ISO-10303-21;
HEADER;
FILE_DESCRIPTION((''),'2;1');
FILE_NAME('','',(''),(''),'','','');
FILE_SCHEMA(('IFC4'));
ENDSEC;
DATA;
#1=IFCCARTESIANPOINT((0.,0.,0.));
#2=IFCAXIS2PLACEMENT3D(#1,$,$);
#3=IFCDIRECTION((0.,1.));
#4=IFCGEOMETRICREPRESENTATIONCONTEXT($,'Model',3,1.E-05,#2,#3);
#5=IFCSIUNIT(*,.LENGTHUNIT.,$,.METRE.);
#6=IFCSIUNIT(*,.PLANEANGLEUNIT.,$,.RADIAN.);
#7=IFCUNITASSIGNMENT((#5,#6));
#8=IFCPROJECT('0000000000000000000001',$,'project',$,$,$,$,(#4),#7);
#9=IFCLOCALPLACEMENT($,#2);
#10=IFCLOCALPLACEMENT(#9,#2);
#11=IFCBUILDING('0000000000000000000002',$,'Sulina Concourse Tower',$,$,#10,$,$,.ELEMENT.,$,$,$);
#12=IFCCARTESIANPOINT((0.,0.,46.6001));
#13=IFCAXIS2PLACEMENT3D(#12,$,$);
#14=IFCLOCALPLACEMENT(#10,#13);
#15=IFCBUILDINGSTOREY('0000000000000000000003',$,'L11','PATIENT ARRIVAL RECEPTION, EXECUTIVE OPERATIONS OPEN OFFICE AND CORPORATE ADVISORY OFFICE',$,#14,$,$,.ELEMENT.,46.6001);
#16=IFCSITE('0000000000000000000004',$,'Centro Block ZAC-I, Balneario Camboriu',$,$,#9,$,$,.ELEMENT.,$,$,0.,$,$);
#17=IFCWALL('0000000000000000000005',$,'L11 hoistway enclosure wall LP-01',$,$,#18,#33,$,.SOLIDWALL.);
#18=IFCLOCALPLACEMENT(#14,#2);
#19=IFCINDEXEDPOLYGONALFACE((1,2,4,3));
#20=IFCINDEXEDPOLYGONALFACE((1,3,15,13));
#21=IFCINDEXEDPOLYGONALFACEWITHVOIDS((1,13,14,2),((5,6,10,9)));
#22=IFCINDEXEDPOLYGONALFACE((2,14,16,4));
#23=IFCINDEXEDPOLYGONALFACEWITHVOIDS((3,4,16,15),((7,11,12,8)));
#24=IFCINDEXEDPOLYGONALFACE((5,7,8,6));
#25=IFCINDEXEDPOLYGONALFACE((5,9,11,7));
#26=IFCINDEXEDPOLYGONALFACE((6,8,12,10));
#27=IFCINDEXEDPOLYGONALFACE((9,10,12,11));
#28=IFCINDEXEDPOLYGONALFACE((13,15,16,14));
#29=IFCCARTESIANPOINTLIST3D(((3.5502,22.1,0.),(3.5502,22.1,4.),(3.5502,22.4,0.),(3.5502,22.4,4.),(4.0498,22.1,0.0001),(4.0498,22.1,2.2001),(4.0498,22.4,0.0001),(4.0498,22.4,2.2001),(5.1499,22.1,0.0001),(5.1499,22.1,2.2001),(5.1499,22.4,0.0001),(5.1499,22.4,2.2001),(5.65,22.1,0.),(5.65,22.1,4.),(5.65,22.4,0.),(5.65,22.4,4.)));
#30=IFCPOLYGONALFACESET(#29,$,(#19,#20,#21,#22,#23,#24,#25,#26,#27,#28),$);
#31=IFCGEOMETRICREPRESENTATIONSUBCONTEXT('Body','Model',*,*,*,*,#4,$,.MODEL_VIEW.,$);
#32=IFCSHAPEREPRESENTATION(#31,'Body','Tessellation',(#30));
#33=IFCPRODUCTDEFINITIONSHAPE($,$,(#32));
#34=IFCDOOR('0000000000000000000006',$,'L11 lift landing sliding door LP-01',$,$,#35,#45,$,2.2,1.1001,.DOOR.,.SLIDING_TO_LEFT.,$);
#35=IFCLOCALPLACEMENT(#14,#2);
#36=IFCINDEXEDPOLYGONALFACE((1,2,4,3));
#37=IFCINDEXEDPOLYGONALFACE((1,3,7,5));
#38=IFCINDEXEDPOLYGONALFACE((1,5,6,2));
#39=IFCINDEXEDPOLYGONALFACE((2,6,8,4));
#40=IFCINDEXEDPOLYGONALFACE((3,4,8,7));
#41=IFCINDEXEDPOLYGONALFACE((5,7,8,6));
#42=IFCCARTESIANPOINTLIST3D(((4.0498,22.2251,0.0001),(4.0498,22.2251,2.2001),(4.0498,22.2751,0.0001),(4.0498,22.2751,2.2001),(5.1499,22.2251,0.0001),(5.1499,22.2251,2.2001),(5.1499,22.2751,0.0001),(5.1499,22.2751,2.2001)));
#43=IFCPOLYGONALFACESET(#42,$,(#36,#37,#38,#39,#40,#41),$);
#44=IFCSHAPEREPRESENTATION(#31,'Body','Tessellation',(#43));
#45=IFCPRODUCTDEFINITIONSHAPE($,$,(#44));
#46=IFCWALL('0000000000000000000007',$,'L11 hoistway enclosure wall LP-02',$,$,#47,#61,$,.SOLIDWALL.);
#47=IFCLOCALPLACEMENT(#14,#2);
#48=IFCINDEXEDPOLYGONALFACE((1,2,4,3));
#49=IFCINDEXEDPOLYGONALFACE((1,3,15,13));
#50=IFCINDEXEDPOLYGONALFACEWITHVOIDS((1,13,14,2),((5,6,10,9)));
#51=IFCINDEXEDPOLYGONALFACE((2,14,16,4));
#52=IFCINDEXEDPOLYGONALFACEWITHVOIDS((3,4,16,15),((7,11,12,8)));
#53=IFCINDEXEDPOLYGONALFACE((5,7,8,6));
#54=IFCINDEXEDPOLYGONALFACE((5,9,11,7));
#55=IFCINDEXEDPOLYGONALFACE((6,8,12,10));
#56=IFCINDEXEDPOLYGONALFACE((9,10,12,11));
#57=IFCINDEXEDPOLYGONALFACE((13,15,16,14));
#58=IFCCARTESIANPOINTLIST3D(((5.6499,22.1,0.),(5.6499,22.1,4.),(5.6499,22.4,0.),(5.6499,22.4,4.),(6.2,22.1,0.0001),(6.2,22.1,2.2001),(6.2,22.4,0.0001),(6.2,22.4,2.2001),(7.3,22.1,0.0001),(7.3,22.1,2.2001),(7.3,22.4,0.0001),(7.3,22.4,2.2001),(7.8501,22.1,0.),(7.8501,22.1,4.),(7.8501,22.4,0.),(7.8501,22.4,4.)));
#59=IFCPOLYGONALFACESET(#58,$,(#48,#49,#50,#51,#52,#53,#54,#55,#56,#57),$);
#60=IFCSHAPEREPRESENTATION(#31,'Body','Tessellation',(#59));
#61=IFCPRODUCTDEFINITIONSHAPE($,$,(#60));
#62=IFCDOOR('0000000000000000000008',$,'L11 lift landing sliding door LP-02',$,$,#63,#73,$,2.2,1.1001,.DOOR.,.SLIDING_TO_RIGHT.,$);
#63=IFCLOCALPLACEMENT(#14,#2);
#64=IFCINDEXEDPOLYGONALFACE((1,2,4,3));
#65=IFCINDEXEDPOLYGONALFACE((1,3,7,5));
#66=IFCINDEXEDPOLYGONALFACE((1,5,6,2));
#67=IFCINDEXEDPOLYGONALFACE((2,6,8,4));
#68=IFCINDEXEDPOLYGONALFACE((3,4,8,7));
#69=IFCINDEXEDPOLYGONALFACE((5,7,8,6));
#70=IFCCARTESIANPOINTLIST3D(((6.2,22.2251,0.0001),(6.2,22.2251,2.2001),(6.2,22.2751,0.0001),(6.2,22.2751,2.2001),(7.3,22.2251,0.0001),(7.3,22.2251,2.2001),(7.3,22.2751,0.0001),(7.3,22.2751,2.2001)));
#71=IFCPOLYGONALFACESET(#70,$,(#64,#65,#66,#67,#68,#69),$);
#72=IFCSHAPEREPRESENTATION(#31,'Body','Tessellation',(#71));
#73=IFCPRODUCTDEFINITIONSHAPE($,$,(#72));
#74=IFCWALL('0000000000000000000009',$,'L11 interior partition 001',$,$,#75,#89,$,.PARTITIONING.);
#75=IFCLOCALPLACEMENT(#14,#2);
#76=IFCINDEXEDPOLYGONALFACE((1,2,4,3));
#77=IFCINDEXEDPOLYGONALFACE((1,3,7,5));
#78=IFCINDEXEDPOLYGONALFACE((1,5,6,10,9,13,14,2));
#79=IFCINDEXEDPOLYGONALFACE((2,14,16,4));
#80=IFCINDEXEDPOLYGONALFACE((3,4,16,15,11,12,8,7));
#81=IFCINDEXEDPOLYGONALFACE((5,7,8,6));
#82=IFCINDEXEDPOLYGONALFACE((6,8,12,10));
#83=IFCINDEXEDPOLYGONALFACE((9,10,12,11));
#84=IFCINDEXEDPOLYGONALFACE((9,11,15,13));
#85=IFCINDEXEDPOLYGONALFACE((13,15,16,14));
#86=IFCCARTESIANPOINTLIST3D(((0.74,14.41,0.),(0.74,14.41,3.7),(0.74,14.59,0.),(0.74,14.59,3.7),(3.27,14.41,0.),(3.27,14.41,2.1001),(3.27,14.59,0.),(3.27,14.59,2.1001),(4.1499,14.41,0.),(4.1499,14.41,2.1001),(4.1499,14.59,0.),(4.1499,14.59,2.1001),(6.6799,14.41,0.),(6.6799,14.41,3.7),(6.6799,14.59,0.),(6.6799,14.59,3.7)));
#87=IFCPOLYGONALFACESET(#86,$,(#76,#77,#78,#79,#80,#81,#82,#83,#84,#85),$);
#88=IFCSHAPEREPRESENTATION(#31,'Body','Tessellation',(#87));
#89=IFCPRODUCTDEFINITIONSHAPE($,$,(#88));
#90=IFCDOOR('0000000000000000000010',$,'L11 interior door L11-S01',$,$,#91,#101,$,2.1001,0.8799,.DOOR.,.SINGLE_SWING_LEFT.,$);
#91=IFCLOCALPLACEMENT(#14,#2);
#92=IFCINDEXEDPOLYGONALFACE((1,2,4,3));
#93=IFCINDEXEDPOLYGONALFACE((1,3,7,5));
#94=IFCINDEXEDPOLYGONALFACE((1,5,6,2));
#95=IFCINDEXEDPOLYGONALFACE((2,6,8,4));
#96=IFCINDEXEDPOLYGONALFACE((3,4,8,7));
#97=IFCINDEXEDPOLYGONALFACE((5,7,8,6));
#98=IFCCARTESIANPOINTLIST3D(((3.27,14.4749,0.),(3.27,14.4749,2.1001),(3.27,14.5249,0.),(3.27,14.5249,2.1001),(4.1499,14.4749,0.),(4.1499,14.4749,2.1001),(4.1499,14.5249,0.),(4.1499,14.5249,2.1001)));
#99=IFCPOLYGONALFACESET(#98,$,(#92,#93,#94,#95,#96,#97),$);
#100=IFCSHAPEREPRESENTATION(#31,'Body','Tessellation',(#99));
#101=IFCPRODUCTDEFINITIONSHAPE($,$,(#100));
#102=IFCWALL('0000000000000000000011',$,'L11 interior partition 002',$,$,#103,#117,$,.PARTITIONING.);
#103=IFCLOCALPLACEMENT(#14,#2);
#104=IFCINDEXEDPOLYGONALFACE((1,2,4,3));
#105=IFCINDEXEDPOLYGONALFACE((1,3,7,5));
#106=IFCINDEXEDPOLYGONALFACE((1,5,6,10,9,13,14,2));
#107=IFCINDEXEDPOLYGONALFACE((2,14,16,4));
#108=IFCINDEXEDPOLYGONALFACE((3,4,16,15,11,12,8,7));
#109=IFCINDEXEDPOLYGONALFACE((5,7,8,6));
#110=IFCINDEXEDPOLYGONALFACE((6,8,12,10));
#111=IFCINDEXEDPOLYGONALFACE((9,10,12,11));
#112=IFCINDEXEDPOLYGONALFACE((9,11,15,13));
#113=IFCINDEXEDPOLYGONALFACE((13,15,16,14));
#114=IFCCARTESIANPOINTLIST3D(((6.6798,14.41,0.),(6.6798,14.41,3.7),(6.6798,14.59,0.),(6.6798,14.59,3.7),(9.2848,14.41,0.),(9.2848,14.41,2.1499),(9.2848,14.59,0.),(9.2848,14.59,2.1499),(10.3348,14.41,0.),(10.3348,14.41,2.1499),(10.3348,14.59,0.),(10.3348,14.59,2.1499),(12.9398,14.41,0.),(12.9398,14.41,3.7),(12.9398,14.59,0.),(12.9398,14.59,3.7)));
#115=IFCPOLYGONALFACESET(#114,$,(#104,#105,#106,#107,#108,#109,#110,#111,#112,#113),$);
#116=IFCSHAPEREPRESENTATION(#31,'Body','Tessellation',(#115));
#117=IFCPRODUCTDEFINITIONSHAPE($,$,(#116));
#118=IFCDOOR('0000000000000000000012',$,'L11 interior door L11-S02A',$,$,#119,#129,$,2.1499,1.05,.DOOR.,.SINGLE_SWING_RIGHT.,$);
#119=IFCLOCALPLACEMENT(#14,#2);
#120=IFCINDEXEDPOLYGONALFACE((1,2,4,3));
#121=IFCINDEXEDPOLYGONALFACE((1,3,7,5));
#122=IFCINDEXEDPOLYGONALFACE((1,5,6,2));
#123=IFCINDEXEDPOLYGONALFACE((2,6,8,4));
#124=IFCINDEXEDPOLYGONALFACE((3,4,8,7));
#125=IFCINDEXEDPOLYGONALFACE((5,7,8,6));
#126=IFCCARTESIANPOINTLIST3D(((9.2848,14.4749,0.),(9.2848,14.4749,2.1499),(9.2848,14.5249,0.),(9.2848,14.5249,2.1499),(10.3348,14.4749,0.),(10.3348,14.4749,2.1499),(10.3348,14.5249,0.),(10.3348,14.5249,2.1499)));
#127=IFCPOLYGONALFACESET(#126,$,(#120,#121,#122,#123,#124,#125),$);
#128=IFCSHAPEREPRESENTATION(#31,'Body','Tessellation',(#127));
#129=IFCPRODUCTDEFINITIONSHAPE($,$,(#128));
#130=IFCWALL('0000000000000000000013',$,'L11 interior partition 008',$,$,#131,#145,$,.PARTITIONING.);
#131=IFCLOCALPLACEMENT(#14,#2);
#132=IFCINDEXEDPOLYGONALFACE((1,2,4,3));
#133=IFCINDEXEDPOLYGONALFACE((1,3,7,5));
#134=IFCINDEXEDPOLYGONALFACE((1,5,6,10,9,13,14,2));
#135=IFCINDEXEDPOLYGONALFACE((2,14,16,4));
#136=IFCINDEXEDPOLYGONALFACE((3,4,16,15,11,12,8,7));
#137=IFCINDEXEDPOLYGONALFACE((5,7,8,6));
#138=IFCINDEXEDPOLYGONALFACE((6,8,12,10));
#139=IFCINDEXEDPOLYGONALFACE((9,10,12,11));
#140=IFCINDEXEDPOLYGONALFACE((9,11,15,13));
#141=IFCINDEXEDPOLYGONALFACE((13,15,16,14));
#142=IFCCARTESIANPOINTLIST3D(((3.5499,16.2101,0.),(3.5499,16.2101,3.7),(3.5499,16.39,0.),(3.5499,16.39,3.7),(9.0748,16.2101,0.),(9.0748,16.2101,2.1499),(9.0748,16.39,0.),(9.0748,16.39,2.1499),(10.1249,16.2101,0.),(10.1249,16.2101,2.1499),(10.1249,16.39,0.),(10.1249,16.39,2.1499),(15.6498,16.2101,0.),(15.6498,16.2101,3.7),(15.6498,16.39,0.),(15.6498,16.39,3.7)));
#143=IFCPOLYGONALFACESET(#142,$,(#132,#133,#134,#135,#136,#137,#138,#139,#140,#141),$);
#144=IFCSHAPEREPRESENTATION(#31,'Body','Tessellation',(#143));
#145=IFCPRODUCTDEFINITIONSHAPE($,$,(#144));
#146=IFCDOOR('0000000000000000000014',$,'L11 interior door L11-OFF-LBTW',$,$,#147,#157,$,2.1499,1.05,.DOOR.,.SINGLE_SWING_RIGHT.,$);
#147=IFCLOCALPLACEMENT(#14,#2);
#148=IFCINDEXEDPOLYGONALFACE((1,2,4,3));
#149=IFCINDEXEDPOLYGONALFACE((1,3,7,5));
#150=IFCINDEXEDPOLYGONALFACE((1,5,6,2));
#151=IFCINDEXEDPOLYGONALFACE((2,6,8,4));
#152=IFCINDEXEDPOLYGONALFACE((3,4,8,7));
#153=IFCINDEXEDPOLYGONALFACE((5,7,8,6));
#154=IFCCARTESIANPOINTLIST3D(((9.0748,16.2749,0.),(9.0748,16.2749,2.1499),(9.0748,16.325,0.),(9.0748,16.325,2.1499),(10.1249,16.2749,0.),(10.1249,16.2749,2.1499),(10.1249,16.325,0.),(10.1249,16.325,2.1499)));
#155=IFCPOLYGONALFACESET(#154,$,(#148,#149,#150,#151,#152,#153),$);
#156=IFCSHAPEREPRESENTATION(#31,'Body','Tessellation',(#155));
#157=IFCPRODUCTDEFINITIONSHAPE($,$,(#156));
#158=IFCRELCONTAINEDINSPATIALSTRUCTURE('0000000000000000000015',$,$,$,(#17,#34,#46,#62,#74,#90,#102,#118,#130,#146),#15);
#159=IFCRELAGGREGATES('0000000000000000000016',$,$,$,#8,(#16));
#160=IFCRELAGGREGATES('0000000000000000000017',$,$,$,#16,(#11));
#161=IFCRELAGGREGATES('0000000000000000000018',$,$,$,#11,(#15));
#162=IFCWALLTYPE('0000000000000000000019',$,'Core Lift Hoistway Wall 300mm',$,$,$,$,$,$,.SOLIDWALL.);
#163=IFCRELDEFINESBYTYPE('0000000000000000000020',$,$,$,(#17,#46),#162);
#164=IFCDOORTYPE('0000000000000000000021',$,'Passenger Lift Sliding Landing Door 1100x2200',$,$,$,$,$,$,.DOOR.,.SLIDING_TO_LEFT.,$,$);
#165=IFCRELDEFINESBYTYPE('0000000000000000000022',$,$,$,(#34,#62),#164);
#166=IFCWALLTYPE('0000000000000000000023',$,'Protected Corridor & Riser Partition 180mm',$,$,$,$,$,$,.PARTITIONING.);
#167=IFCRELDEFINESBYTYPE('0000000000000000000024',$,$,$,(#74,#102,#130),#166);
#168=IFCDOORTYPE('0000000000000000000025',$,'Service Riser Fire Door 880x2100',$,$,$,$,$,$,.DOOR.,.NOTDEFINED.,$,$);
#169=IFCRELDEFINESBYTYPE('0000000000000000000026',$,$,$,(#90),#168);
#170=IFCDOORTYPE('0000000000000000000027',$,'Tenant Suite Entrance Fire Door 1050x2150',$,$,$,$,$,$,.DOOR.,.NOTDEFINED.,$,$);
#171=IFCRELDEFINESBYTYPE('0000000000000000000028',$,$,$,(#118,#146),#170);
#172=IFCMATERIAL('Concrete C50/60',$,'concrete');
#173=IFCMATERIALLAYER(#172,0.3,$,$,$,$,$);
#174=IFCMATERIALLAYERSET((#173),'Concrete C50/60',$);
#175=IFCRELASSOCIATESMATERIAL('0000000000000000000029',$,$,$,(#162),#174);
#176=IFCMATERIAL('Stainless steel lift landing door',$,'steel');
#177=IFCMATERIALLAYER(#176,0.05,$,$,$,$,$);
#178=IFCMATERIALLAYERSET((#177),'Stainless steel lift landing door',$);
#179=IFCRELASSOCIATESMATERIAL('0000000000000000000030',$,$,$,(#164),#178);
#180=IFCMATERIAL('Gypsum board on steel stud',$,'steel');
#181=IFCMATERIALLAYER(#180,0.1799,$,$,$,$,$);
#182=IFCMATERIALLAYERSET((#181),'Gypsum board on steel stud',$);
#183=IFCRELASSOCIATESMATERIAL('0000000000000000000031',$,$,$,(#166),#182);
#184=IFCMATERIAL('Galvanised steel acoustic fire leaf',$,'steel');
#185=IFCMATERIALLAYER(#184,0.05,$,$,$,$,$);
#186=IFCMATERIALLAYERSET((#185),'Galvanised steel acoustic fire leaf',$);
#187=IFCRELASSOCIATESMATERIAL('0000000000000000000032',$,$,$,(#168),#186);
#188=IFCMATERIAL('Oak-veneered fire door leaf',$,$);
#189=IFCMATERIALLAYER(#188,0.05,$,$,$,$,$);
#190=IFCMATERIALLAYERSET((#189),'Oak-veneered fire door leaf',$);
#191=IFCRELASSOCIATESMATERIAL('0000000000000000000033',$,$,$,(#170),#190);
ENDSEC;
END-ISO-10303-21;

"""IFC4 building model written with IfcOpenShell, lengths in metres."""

from ifc_helpers import new_model, si_unit, direction, frame, frame_2d, origin, place, context, subcontext, project, spatial, rectangle, extrude, material, layer, layer_set, type_object, element, fill, save


model = new_model("IFC4")

# Units and contexts
model_context = context("Model", 3, precision=1e-05, world=origin(), true_north=direction((0.0, 1.0)))
body_context = subcontext(model_context, "Body", "Model", "MODEL_VIEW")
ifc_project = project(units=[si_unit("LENGTHUNIT", "METRE"), si_unit("PLANEANGLEUNIT", "RADIAN")], contexts=[model_context])

# Site, building, storey
site_placement = place(None, origin())
site = spatial("IfcSite", under=ifc_project, at=site_placement, Name="Centro Block ZAC-I, Balneario Camboriu", CompositionType="ELEMENT", RefElevation=0.0)
building_placement = place(site_placement, origin())
building = spatial("IfcBuilding", under=site, at=building_placement, Name="Sulina Concourse Tower", CompositionType="ELEMENT")
storey_placement = place(building_placement, frame((0.0, 0.0, 46.6001)))
storey = spatial("IfcBuildingStorey", under=building, at=storey_placement, Name="L11", Description="PATIENT ARRIVAL RECEPTION, EXECUTIVE OPERATIONS OPEN OFFICE AND CORPORATE ADVISORY OFFICE", CompositionType="ELEMENT", Elevation=46.6001)

# Walls, openings, doors
ifc_material_1 = material(Name="Concrete C50/60", Category="concrete")
ifc_layer_1 = layer(ifc_material_1, 0.3)
ifc_layer_set_1 = layer_set([ifc_layer_1], Name="Concrete C50/60")
wall_type_1 = type_object("IfcWallType", Name="Core Lift Hoistway Wall 300mm", PredefinedType="SOLIDWALL", material=ifc_layer_set_1)
wall_1_placement = place(storey_placement, frame((5.6499, 22.25, 0.0), z_axis=(0.0, 0.0, 1.0), x_axis=(-1.0, 0.0, 0.0)))
wall_1 = element("IfcWall", 1, at=wall_1_placement, inside=storey, type_object=wall_type_1, Name="L11 hoistway enclosure wall LP-01", PredefinedType="SOLIDWALL", context=body_context, shape_type="SweptSolid", body=[
    extrude(rectangle(XDim=2.0999, YDim=0.3, at=frame_2d((1.0498, 0.0))), origin(), (0.0, 0.0, 1.0), 4.0),
])
opening_1_placement = place(wall_1_placement, frame((0.5, 0.0, 0.0)))
opening_1 = element("IfcOpeningElement", 2, at=opening_1_placement, cuts=wall_1, PredefinedType="OPENING", context=body_context, shape_type="SweptSolid", body=[
    extrude(rectangle(XDim=1.1001, YDim=2.2, at=frame_2d((0.55, 1.1001))), frame((0.0, 0.1599, 0.0), z_axis=(0.0, -1.0, 0.0), x_axis=(1.0, 0.0, 0.0)), (0.0, 0.0, 1.0), 0.3201),
])
ifc_material_2 = material(Name="Stainless steel lift landing door", Category="steel")
ifc_layer_2 = layer(ifc_material_2, 0.05)
ifc_layer_set_2 = layer_set([ifc_layer_2], Name="Stainless steel lift landing door")
door_type_1 = type_object("IfcDoorType", Name="Passenger Lift Sliding Landing Door 1100x2200", OperationType="SLIDING_TO_LEFT", PredefinedType="DOOR", material=ifc_layer_set_2)
door_1_placement = place(opening_1_placement, origin())
door_1 = element("IfcDoor", 3, at=door_1_placement, inside=storey, type_object=door_type_1, Name="L11 lift landing sliding door LP-01", OperationType="SLIDING_TO_LEFT", OverallHeight=2.2, OverallWidth=1.1001, PredefinedType="DOOR", context=body_context, shape_type="SweptSolid", body=[
    extrude(rectangle(XDim=1.1001, YDim=2.2, at=frame_2d((0.55, 1.1001))), frame((0.0, 0.0249, 0.0), z_axis=(0.0, -1.0, 0.0), x_axis=(1.0, 0.0, 0.0)), (0.0, 0.0, 1.0), 0.05),
])
fill(opening_1, door_1)
wall_2_placement = place(storey_placement, frame((7.8501, 22.25, 0.0), z_axis=(0.0, 0.0, 1.0), x_axis=(-1.0, 0.0, 0.0)))
wall_2 = element("IfcWall", 4, at=wall_2_placement, inside=storey, type_object=wall_type_1, Name="L11 hoistway enclosure wall LP-02", PredefinedType="SOLIDWALL", context=body_context, shape_type="SweptSolid", body=[
    extrude(rectangle(XDim=2.2002, YDim=0.3, at=frame_2d((1.1001, 0.0))), origin(), (0.0, 0.0, 1.0), 4.0),
])
opening_2_placement = place(wall_2_placement, frame((0.55, 0.0, 0.0)))
opening_2 = element("IfcOpeningElement", 5, at=opening_2_placement, cuts=wall_2, PredefinedType="OPENING", context=body_context, shape_type="SweptSolid", body=[
    extrude(rectangle(XDim=1.1001, YDim=2.2, at=frame_2d((0.55, 1.1001))), frame((0.0, 0.1599, 0.0), z_axis=(0.0, -1.0, 0.0), x_axis=(1.0, 0.0, 0.0)), (0.0, 0.0, 1.0), 0.3201),
])
door_2_placement = place(opening_2_placement, origin())
door_2 = element("IfcDoor", 6, at=door_2_placement, inside=storey, type_object=door_type_1, Name="L11 lift landing sliding door LP-02", OperationType="SLIDING_TO_RIGHT", OverallHeight=2.2, OverallWidth=1.1001, PredefinedType="DOOR", context=body_context, shape_type="SweptSolid", body=[
    extrude(rectangle(XDim=1.1001, YDim=2.2, at=frame_2d((0.55, 1.1001))), frame((0.0, 0.0249, 0.0), z_axis=(0.0, -1.0, 0.0), x_axis=(1.0, 0.0, 0.0)), (0.0, 0.0, 1.0), 0.05),
])
fill(opening_2, door_2)
ifc_material_3 = material(Name="Gypsum board on steel stud", Category="steel")
ifc_layer_3 = layer(ifc_material_3, 0.1799)
ifc_layer_set_3 = layer_set([ifc_layer_3], Name="Gypsum board on steel stud")
wall_type_2 = type_object("IfcWallType", Name="Protected Corridor & Riser Partition 180mm", PredefinedType="PARTITIONING", material=ifc_layer_set_3)
wall_3_placement = place(storey_placement, frame((0.74, 14.5, 0.0), z_axis=(0.0, 0.0, 1.0), x_axis=(1.0, 0.0, 0.0)))
wall_3 = element("IfcWall", 7, at=wall_3_placement, inside=storey, type_object=wall_type_2, Name="L11 interior partition 001", PredefinedType="PARTITIONING", context=body_context, shape_type="SweptSolid", body=[
    extrude(rectangle(XDim=5.9399, YDim=0.1799, at=frame_2d((2.97, 0.0))), origin(), (0.0, 0.0, 1.0), 3.7),
])
opening_3_placement = place(wall_3_placement, frame((2.53, 0.0, 0.0)))
opening_3 = element("IfcOpeningElement", 8, at=opening_3_placement, cuts=wall_3, PredefinedType="OPENING", context=body_context, shape_type="SweptSolid", body=[
    extrude(rectangle(XDim=0.8799, YDim=2.1001, at=frame_2d((0.4399, 1.05))), frame((0.0, 0.0999, 0.0), z_axis=(0.0, -1.0, 0.0), x_axis=(1.0, 0.0, 0.0)), (0.0, 0.0, 1.0), 0.2),
])
ifc_material_4 = material(Name="Galvanised steel acoustic fire leaf", Category="steel")
ifc_layer_4 = layer(ifc_material_4, 0.05)
ifc_layer_set_4 = layer_set([ifc_layer_4], Name="Galvanised steel acoustic fire leaf")
door_type_2 = type_object("IfcDoorType", Name="Service Riser Fire Door 880x2100", OperationType="NOTDEFINED", PredefinedType="DOOR", material=ifc_layer_set_4)
door_3_placement = place(opening_3_placement, origin())
door_3 = element("IfcDoor", 9, at=door_3_placement, inside=storey, type_object=door_type_2, Name="L11 interior door L11-S01", OperationType="SINGLE_SWING_LEFT", OverallHeight=2.1001, OverallWidth=0.8799, PredefinedType="DOOR", context=body_context, shape_type="SweptSolid", body=[
    extrude(rectangle(XDim=0.8799, YDim=2.1001, at=frame_2d((0.4399, 1.05))), frame((0.0, 0.0249, 0.0), z_axis=(0.0, -1.0, 0.0), x_axis=(1.0, 0.0, 0.0)), (0.0, 0.0, 1.0), 0.05),
])
fill(opening_3, door_3)
wall_4_placement = place(storey_placement, frame((6.6799, 14.5, 0.0), z_axis=(0.0, 0.0, 1.0), x_axis=(1.0, 0.0, 0.0)))
wall_4 = element("IfcWall", 10, at=wall_4_placement, inside=storey, type_object=wall_type_2, Name="L11 interior partition 002", PredefinedType="PARTITIONING", context=body_context, shape_type="SweptSolid", body=[
    extrude(rectangle(XDim=6.26, YDim=0.1799, at=frame_2d((3.1299, 0.0))), origin(), (0.0, 0.0, 1.0), 3.7),
])
opening_4_placement = place(wall_4_placement, frame((2.605, 0.0, 0.0)))
opening_4 = element("IfcOpeningElement", 11, at=opening_4_placement, cuts=wall_4, PredefinedType="OPENING", context=body_context, shape_type="SweptSolid", body=[
    extrude(rectangle(XDim=1.05, YDim=2.1499, at=frame_2d((0.5249, 1.075))), frame((0.0, 0.0999, 0.0), z_axis=(0.0, -1.0, 0.0), x_axis=(1.0, 0.0, 0.0)), (0.0, 0.0, 1.0), 0.2),
])
ifc_material_5 = material(Name="Oak-veneered fire door leaf")
ifc_layer_5 = layer(ifc_material_5, 0.05)
ifc_layer_set_5 = layer_set([ifc_layer_5], Name="Oak-veneered fire door leaf")
door_type_3 = type_object("IfcDoorType", Name="Tenant Suite Entrance Fire Door 1050x2150", OperationType="NOTDEFINED", PredefinedType="DOOR", material=ifc_layer_set_5)
door_4_placement = place(opening_4_placement, origin())
door_4 = element("IfcDoor", 12, at=door_4_placement, inside=storey, type_object=door_type_3, Name="L11 interior door L11-S02A", OperationType="SINGLE_SWING_RIGHT", OverallHeight=2.1499, OverallWidth=1.05, PredefinedType="DOOR", context=body_context, shape_type="SweptSolid", body=[
    extrude(rectangle(XDim=1.05, YDim=2.1499, at=frame_2d((0.5249, 1.075))), frame((0.0, 0.0249, 0.0), z_axis=(0.0, -1.0, 0.0), x_axis=(1.0, 0.0, 0.0)), (0.0, 0.0, 1.0), 0.05),
])
fill(opening_4, door_4)
wall_5_placement = place(storey_placement, frame((3.55, 16.3, 0.0), z_axis=(0.0, 0.0, 1.0), x_axis=(1.0, 0.0, 0.0)))
wall_5 = element("IfcWall", 13, at=wall_5_placement, inside=storey, type_object=wall_type_2, Name="L11 interior partition 008", PredefinedType="PARTITIONING", context=body_context, shape_type="SweptSolid", body=[
    extrude(rectangle(XDim=12.0999, YDim=0.1799, at=frame_2d((6.0498, 0.0))), origin(), (0.0, 0.0, 1.0), 3.7),
])
opening_5_placement = place(wall_5_placement, frame((5.5249, 0.0, 0.0)))
opening_5 = element("IfcOpeningElement", 14, at=opening_5_placement, cuts=wall_5, PredefinedType="OPENING", context=body_context, shape_type="SweptSolid", body=[
    extrude(rectangle(XDim=1.05, YDim=2.1499, at=frame_2d((0.5249, 1.075))), frame((0.0, 0.0999, 0.0), z_axis=(0.0, -1.0, 0.0), x_axis=(1.0, 0.0, 0.0)), (0.0, 0.0, 1.0), 0.2),
])
door_5_placement = place(opening_5_placement, origin())
door_5 = element("IfcDoor", 15, at=door_5_placement, inside=storey, type_object=door_type_3, Name="L11 interior door L11-OFF-LBTW", OperationType="SINGLE_SWING_RIGHT", OverallHeight=2.1499, OverallWidth=1.05, PredefinedType="DOOR", context=body_context, shape_type="SweptSolid", body=[
    extrude(rectangle(XDim=1.05, YDim=2.1499, at=frame_2d((0.5249, 1.075))), frame((0.0, 0.0249, 0.0), z_axis=(0.0, -1.0, 0.0), x_axis=(1.0, 0.0, 0.0)), (0.0, 0.0, 1.0), 0.05),
])
fill(opening_5, door_5)

save(model, "model.ifc")
